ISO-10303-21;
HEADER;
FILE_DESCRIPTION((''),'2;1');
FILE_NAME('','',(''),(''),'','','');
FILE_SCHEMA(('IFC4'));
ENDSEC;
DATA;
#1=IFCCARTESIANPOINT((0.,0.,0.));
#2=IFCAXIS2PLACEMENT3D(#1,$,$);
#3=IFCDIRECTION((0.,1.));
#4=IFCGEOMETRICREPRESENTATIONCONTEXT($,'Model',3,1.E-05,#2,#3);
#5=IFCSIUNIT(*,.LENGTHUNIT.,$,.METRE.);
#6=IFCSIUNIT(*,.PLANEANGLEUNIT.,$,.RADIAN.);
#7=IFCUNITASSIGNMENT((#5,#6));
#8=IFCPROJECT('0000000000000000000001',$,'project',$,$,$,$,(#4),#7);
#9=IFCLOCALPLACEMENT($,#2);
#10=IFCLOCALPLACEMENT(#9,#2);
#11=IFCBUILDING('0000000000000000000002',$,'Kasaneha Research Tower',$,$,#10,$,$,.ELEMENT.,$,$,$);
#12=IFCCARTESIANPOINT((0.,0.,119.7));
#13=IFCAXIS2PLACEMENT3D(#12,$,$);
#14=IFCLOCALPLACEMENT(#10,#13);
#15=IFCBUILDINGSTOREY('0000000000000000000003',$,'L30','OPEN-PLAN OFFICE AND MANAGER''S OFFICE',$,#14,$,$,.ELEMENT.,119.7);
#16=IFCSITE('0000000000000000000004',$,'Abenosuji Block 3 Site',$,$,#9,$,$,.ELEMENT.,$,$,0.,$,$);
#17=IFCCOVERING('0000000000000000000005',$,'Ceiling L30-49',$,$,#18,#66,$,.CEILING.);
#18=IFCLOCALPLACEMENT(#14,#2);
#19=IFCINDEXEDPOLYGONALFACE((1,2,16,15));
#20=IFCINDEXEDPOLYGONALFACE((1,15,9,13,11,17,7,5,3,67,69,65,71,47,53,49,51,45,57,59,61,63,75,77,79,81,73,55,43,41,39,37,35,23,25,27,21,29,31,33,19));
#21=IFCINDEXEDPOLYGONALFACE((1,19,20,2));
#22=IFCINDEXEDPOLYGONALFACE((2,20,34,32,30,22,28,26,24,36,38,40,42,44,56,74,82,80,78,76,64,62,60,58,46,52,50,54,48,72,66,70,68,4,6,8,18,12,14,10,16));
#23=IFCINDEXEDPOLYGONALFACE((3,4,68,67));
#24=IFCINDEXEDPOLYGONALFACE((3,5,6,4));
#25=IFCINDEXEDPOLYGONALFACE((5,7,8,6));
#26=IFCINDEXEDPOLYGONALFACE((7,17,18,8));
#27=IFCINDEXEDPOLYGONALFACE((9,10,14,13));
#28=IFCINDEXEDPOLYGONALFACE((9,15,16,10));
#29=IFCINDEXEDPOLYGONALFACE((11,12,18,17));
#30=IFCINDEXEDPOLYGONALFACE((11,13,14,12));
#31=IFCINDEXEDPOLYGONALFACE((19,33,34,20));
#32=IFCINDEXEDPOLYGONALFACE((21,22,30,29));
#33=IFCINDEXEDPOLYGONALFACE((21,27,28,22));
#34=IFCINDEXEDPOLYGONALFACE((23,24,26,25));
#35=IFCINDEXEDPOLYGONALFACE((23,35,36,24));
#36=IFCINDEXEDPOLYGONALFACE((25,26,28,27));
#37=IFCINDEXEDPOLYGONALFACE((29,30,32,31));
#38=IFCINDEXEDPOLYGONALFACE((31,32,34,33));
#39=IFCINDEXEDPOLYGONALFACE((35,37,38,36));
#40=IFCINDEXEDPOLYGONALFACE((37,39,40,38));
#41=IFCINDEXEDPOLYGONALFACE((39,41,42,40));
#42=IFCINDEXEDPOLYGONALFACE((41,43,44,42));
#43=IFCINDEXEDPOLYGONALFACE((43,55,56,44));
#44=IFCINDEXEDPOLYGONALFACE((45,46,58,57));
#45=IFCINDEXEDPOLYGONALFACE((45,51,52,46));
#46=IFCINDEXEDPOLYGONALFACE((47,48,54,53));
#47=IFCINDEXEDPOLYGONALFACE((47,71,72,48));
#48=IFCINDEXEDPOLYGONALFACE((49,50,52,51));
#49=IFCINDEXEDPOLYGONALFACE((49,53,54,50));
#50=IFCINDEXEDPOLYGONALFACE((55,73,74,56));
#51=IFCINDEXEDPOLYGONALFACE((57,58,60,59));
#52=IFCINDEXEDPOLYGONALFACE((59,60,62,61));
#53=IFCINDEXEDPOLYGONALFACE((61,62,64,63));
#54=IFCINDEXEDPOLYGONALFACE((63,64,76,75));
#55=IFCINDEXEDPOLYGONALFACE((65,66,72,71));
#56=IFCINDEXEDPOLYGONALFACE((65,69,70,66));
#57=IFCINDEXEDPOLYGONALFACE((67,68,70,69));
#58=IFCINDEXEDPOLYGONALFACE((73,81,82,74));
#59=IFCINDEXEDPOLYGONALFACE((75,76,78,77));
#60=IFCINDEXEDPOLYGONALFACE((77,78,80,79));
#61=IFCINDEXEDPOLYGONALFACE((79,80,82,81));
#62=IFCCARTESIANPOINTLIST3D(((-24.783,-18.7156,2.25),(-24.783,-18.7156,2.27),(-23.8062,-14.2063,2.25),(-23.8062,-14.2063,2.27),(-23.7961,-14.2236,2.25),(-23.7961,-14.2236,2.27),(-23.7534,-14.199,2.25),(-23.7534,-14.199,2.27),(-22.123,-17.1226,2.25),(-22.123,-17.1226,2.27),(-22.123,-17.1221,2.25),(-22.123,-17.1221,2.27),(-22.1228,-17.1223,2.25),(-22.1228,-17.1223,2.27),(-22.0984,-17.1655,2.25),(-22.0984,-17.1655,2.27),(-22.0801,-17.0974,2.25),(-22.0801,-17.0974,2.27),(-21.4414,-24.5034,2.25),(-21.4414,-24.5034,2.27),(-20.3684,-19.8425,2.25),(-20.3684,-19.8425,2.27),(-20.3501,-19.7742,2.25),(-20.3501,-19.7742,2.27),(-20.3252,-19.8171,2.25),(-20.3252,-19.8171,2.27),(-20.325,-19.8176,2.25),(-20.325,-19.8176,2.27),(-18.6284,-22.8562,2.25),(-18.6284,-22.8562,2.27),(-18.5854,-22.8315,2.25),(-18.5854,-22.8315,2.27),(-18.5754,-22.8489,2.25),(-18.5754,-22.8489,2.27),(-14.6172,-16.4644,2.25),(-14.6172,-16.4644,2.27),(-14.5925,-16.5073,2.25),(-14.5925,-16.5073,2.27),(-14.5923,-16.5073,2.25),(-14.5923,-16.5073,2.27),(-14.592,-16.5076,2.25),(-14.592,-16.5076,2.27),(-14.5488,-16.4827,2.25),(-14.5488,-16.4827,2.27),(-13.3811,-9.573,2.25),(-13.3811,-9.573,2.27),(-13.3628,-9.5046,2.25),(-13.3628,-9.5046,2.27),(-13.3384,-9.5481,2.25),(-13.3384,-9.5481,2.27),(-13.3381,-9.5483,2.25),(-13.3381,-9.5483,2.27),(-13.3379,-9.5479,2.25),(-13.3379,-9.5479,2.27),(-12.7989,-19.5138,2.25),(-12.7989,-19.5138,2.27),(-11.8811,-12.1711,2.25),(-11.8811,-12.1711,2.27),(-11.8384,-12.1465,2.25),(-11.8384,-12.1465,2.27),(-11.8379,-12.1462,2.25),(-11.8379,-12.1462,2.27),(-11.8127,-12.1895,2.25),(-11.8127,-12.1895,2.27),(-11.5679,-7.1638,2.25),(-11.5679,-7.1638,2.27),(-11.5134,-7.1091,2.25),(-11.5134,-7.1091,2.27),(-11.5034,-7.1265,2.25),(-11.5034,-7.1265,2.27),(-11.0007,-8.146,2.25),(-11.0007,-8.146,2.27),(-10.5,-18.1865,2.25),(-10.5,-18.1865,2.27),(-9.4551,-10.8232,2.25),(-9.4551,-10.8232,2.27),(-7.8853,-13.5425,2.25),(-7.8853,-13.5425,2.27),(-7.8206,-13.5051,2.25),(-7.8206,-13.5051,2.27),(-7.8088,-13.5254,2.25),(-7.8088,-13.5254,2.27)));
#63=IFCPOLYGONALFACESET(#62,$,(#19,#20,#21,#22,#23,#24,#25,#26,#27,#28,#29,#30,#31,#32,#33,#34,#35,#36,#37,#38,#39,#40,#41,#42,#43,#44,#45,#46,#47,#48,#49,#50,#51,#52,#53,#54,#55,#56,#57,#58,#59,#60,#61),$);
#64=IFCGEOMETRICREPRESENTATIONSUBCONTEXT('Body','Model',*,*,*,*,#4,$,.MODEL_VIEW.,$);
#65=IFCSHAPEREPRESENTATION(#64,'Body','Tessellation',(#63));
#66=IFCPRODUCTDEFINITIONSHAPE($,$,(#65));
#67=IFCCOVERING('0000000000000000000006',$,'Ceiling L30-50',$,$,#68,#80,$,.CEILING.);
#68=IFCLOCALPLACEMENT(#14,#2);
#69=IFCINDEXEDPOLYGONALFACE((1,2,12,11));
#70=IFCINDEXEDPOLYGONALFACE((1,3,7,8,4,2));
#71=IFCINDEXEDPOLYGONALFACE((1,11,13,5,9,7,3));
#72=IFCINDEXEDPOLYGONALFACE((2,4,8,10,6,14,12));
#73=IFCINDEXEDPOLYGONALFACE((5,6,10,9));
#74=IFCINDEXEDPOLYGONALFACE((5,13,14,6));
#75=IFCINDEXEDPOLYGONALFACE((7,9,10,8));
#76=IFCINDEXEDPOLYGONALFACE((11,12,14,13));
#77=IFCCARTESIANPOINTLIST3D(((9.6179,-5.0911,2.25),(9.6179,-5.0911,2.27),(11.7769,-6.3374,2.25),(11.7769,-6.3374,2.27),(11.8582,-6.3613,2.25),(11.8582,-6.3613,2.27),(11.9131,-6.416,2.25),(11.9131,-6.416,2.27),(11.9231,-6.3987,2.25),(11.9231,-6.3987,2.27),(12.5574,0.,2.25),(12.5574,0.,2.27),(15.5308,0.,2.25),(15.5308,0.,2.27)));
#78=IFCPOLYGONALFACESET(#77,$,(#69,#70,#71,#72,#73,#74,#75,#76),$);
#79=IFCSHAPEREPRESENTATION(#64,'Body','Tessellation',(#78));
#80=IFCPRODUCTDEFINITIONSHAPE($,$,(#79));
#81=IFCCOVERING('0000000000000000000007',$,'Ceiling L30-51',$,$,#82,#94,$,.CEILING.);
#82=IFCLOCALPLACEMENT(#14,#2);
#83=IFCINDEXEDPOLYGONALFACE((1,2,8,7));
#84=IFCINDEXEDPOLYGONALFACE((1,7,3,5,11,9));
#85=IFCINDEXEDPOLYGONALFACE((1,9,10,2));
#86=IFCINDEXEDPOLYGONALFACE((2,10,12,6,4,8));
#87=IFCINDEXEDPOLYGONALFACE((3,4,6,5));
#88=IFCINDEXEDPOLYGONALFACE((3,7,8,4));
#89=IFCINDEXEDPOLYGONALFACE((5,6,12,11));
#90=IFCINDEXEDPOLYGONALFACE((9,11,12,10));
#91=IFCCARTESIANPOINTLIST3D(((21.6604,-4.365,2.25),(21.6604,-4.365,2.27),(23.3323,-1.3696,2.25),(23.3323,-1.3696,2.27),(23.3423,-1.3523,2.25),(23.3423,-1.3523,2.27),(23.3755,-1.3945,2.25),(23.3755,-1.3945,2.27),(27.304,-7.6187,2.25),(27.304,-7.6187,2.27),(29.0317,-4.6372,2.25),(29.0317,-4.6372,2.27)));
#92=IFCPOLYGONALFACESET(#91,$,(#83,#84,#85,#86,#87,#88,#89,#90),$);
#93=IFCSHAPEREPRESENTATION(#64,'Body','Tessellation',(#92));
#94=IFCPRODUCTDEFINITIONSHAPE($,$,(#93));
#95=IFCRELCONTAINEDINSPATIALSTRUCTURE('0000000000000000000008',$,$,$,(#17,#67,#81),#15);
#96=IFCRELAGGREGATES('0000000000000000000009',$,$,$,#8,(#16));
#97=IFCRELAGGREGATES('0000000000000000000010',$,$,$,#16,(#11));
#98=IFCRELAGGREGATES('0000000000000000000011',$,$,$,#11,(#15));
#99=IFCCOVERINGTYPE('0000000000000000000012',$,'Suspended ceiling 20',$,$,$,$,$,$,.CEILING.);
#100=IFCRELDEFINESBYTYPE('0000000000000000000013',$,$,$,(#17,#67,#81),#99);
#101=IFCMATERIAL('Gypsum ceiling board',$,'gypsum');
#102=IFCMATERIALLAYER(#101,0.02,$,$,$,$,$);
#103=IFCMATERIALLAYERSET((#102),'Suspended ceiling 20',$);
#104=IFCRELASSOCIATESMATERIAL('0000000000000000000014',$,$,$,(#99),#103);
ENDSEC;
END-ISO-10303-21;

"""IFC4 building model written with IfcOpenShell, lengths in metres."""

from ifc_helpers import new_model, si_unit, direction, frame, origin, place, context, subcontext, project, spatial, polyline, outline, extrude, material, layer, layer_set, type_object, element, save


model = new_model("IFC4")

# Units and contexts
model_context = context("Model", 3, precision=1e-05, world=origin(), true_north=direction((0.0, 1.0)))
body_context = subcontext(model_context, "Body", "Model", "MODEL_VIEW")
ifc_project = project(units=[si_unit("LENGTHUNIT", "METRE"), si_unit("PLANEANGLEUNIT", "RADIAN")], contexts=[model_context])

# Site, building, storey
site_placement = place(None, origin())
site = spatial("IfcSite", under=ifc_project, at=site_placement, Name="Abenosuji Block 3 Site", CompositionType="ELEMENT", RefElevation=0.0)
building_placement = place(site_placement, origin())
building = spatial("IfcBuilding", under=site, at=building_placement, Name="Kasaneha Research Tower", CompositionType="ELEMENT")
storey_placement = place(building_placement, frame((0.0, 0.0, 119.7)))
storey = spatial("IfcBuildingStorey", under=building, at=storey_placement, Name="L30", Description="OPEN-PLAN OFFICE AND MANAGER'S OFFICE", CompositionType="ELEMENT", Elevation=119.7)

# Coverings
ifc_material_1 = material(Name="Gypsum ceiling board", Category="gypsum")
ifc_layer_1 = layer(ifc_material_1, 0.02)
ifc_layer_set_1 = layer_set([ifc_layer_1], Name="Suspended ceiling 20")
covering_type = type_object("IfcCoveringType", Name="Suspended ceiling 20", PredefinedType="CEILING", material=ifc_layer_set_1)
covering_1_placement = place(storey_placement, frame((0.0, 0.0, 2.25)))
element("IfcCovering", 1, at=covering_1_placement, inside=storey, type_object=covering_type, Name="Ceiling L30-49", PredefinedType="CEILING", context=body_context, shape_type="SweptSolid", body=[
    extrude(outline(polyline([(-13.3384, -9.5481), (-13.3381, -9.5483), (-13.3811, -9.573), (-11.8811, -12.1711), (-11.8384, -12.1465), (-11.8384, -12.1465), (-11.8379, -12.1462), (-11.8127, -12.1895), (-9.4551, -10.8232), (-7.8853, -13.5425), (-7.8206, -13.5051), (-7.8088, -13.5254), (-10.5, -18.1865), (-12.8418, -19.5386), (-12.8418, -19.5386), (-12.7988, -19.5139), (-14.5488, -16.4827), (-14.592, -16.5076), (-14.5923, -16.5073), (-14.5925, -16.5073), (-14.6172, -16.4644), (-20.3501, -19.7742), (-20.3252, -19.8171), (-20.3252, -19.8171), (-20.325, -19.8176), (-20.3684, -19.8425), (-18.6284, -22.8562), (-18.5854, -22.8315), (-18.5754, -22.8489), (-21.4414, -24.5034), (-24.783, -18.7156), (-22.0984, -17.1655), (-22.123, -17.1226), (-22.1228, -17.1223), (-22.123, -17.1221), (-22.0801, -17.0974), (-23.7534, -14.199), (-23.7961, -14.2236), (-23.8062, -14.2063), (-11.5134, -7.1091), (-11.5034, -7.1265), (-11.5679, -7.1638), (-11.0007, -8.146), (-13.3628, -9.5046), (-13.3379, -9.5479), (-13.3384, -9.5481)])), origin(), (0.0, 0.0, 1.0), 0.02),
])
covering_2_placement = place(storey_placement, frame((0.0, 0.0, 2.25)))
element("IfcCovering", 2, at=covering_2_placement, inside=storey, type_object=covering_type, Name="Ceiling L30-50", PredefinedType="CEILING", context=body_context, shape_type="SweptSolid", body=[
    extrude(outline(polyline([(9.6179, -5.0911), (12.5574, 0.0), (15.5308, 0.0), (11.8582, -6.3613), (11.9231, -6.3987), (11.9131, -6.416), (11.7769, -6.3374), (9.6179, -5.0911)])), origin(), (0.0, 0.0, 1.0), 0.02),
])
covering_3_placement = place(storey_placement, frame((0.0, 0.0, 2.25)))
element("IfcCovering", 3, at=covering_3_placement, inside=storey, type_object=covering_type, Name="Ceiling L30-51", PredefinedType="CEILING", context=body_context, shape_type="SweptSolid", body=[
    extrude(outline(polyline([(29.0317, -4.6372), (27.304, -7.6187), (21.6604, -4.365), (23.3755, -1.3945), (23.3323, -1.3696), (23.3423, -1.3523), (29.0317, -4.6372)])), origin(), (0.0, 0.0, 1.0), 0.02),
])

save(model, "model.ifc")
